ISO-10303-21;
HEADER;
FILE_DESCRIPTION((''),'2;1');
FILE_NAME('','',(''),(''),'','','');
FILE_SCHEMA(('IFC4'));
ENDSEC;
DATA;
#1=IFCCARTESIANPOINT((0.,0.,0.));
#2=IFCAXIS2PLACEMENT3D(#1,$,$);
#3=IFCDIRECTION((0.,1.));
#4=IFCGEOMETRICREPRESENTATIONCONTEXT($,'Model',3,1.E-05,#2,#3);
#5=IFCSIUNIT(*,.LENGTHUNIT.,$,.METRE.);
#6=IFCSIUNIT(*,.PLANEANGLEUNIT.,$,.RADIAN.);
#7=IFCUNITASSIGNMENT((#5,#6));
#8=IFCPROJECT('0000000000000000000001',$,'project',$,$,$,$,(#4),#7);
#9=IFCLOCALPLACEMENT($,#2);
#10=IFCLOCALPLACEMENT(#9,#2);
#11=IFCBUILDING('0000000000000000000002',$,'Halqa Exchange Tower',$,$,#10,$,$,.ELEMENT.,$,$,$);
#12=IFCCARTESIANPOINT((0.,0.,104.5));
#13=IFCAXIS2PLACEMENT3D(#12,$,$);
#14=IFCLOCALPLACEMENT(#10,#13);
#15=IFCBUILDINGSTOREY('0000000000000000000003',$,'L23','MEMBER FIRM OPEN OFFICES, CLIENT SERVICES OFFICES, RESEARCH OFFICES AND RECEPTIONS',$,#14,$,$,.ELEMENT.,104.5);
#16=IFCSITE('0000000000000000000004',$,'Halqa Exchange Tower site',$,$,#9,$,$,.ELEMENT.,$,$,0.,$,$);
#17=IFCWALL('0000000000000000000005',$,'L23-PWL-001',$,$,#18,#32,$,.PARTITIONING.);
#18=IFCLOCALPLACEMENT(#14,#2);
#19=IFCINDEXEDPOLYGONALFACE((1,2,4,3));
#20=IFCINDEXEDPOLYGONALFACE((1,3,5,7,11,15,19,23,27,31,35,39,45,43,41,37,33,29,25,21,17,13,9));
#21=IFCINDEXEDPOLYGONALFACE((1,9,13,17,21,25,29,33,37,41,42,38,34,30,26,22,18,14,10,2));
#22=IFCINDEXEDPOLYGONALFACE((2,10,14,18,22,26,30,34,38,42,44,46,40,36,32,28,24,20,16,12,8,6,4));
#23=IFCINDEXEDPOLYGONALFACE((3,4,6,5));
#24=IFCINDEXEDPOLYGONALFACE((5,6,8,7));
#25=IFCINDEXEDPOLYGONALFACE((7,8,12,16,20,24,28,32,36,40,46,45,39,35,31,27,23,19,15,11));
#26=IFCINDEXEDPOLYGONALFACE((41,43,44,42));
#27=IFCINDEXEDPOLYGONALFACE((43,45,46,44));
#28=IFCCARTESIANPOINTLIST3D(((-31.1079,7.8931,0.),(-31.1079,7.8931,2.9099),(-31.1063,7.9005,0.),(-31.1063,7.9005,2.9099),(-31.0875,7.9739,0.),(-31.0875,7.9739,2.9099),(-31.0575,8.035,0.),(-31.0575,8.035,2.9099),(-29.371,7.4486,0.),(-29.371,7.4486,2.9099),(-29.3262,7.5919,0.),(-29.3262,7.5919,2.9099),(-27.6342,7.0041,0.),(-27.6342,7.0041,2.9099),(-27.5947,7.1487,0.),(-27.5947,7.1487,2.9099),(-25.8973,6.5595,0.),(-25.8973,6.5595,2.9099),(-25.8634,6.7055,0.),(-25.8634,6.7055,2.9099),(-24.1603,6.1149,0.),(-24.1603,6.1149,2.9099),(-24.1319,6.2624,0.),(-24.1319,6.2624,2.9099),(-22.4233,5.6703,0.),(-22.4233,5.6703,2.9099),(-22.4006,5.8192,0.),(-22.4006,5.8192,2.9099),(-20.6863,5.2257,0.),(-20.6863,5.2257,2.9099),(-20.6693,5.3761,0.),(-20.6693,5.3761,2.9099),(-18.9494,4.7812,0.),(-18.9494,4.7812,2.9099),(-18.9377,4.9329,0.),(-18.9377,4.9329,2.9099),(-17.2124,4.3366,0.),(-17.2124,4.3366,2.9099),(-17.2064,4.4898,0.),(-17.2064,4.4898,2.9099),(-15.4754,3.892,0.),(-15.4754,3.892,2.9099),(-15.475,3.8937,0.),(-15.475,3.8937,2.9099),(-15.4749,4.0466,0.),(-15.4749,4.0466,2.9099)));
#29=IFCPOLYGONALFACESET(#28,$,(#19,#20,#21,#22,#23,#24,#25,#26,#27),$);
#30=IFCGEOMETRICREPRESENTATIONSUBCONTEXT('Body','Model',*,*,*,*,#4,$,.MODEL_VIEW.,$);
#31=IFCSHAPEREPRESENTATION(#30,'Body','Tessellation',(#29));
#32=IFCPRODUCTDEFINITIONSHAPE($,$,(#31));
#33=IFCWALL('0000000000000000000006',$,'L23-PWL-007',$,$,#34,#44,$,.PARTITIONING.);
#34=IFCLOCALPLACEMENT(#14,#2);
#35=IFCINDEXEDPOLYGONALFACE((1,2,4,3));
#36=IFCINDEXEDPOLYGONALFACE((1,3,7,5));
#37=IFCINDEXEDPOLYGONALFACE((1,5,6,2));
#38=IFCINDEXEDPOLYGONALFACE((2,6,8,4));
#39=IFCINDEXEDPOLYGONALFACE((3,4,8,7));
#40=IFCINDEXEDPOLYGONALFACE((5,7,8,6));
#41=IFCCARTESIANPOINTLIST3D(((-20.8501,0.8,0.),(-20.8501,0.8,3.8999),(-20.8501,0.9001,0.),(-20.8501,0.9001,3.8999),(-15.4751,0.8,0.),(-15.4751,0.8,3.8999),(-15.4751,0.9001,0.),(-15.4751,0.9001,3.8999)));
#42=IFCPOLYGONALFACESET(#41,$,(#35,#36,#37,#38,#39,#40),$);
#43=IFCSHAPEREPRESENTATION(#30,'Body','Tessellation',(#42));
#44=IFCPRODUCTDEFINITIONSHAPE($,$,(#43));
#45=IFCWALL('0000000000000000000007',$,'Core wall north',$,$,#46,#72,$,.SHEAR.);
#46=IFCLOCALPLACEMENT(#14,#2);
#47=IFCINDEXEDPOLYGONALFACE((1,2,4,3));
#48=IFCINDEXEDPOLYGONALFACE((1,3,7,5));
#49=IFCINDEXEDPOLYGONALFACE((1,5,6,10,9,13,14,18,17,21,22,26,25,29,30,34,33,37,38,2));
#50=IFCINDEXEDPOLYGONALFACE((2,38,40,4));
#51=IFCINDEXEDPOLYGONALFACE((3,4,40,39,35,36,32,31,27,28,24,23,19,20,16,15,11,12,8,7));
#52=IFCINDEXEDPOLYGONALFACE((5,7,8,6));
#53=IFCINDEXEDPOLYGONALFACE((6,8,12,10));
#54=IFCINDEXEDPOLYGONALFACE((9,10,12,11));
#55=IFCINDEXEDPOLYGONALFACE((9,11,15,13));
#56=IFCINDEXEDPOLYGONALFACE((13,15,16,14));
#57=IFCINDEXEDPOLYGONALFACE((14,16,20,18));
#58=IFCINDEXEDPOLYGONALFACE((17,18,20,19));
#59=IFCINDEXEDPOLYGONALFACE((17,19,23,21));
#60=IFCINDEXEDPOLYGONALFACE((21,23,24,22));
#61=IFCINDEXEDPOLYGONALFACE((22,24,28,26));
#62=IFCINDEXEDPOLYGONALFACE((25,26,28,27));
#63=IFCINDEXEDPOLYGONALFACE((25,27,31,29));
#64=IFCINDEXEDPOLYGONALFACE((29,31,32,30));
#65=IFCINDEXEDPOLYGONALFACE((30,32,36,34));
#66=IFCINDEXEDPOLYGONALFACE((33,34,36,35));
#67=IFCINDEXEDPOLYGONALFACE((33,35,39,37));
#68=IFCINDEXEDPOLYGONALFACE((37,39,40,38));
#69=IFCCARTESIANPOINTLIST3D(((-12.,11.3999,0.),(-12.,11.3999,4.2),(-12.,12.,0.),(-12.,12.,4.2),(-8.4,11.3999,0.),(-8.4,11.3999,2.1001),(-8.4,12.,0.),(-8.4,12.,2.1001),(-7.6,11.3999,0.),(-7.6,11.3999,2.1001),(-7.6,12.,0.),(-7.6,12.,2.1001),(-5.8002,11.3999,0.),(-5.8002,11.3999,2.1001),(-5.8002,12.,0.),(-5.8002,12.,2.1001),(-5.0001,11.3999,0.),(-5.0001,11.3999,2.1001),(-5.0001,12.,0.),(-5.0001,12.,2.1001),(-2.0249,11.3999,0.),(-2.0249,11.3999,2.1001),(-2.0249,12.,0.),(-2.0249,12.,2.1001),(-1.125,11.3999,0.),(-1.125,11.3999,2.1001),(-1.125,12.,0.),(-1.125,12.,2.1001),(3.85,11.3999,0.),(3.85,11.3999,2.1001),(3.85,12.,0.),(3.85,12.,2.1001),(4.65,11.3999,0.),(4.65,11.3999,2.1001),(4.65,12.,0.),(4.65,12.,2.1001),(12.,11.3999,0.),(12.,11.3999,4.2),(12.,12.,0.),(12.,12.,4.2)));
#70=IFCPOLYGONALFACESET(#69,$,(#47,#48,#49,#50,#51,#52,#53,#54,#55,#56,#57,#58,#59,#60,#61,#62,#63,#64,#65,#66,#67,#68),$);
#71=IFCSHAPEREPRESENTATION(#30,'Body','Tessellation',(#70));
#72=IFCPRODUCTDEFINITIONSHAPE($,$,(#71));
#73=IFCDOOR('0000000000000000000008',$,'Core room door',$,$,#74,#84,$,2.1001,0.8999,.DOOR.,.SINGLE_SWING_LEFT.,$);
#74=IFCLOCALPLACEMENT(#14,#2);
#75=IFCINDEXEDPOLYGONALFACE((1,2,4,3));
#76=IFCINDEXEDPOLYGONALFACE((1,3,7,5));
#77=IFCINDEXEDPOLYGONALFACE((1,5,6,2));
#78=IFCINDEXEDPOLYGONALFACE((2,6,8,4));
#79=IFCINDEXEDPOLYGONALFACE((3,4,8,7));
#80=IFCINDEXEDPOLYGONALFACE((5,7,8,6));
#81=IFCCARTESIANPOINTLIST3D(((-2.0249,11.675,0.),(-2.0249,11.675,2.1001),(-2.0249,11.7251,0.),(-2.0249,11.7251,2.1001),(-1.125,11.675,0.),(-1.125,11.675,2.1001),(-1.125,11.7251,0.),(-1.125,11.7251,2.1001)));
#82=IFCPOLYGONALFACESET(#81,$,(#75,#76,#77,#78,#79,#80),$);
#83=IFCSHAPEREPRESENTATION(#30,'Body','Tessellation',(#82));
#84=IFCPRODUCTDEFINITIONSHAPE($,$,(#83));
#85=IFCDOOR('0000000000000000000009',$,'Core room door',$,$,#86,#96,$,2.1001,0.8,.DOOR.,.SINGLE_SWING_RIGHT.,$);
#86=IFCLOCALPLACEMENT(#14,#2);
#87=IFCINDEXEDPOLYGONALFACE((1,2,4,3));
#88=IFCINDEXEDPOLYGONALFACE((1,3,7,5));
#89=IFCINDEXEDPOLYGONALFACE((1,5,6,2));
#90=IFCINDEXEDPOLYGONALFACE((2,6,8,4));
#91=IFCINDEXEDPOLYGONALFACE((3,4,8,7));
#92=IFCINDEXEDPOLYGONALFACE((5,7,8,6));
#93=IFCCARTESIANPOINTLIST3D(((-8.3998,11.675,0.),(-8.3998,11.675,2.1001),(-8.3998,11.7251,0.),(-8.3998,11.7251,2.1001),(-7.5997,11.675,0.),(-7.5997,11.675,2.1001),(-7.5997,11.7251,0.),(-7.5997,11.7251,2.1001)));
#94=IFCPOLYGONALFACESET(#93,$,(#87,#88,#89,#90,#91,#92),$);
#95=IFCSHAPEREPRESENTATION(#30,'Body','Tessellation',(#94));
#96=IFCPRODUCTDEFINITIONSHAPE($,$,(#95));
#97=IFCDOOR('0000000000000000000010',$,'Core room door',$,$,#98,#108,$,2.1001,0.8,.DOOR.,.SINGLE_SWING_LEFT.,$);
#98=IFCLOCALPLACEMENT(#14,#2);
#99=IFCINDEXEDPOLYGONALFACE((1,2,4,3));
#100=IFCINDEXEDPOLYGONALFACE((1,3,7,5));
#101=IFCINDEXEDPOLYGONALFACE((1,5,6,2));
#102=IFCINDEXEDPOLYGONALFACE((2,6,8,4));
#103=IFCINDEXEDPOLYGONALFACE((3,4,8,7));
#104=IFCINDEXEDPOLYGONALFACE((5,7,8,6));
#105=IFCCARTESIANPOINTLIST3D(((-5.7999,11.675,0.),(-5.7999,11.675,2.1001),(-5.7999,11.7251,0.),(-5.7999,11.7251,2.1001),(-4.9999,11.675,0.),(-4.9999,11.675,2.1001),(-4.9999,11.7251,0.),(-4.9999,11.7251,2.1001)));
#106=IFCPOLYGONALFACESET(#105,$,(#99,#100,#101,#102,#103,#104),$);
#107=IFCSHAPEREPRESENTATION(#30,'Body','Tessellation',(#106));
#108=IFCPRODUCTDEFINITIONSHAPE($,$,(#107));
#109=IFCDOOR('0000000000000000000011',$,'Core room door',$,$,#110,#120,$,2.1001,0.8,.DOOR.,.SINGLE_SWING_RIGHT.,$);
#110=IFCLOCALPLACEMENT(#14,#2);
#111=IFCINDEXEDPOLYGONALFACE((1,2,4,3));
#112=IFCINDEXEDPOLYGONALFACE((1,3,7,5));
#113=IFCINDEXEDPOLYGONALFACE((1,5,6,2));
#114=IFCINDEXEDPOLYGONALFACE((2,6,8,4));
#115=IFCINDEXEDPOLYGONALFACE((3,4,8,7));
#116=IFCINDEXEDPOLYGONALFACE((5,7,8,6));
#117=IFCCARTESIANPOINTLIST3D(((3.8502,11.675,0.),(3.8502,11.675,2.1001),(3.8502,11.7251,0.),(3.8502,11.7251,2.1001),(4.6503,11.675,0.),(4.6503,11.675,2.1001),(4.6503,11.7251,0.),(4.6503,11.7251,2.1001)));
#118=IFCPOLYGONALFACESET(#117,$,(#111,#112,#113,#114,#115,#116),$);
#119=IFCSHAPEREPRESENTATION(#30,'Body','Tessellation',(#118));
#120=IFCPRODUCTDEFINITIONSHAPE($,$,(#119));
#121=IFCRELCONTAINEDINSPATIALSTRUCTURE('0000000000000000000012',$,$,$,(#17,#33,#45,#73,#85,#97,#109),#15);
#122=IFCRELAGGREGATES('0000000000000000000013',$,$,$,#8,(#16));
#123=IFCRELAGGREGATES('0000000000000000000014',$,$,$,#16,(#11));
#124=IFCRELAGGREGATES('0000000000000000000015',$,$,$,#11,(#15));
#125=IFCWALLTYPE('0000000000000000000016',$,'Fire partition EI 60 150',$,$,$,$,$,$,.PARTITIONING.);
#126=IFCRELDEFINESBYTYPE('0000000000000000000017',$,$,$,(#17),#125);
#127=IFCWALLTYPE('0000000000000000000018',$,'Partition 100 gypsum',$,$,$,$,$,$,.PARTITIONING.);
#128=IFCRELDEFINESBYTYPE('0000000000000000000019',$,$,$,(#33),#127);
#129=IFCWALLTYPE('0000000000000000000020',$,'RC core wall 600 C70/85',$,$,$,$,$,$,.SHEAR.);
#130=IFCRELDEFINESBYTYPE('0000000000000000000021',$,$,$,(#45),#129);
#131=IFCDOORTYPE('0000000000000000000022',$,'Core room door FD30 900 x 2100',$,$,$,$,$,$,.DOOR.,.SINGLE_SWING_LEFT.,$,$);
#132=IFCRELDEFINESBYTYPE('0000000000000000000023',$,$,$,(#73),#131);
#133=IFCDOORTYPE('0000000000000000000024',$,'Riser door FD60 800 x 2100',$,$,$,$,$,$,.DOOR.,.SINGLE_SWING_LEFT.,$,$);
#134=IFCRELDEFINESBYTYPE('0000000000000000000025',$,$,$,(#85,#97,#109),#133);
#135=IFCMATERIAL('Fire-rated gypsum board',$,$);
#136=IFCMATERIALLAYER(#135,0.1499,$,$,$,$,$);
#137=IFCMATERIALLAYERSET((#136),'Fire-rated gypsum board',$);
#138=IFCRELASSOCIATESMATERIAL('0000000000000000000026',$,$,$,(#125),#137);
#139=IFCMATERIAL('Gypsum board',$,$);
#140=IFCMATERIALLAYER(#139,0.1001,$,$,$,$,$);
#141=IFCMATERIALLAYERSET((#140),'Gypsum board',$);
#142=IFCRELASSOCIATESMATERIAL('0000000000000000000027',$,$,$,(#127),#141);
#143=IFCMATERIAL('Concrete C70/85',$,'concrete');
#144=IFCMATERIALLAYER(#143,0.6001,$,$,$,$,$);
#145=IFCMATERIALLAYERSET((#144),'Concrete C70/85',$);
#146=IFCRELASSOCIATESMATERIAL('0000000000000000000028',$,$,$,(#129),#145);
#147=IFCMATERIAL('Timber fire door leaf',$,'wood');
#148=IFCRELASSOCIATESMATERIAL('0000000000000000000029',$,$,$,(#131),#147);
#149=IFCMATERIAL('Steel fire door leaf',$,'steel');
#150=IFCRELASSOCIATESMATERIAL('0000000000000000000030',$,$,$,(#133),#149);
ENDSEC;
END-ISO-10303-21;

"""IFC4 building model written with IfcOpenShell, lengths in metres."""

from ifc_helpers import new_model, si_unit, direction, frame, frame_2d, origin, place, context, subcontext, project, spatial, polyline, rectangle, outline, extrude, material, layer, layer_set, type_object, element, fill, save


model = new_model("IFC4")

# Units and contexts
model_context = context("Model", 3, precision=1e-05, world=origin(), true_north=direction((0.0, 1.0)))
body_context = subcontext(model_context, "Body", "Model", "MODEL_VIEW")
ifc_project = project(units=[si_unit("LENGTHUNIT", "METRE"), si_unit("PLANEANGLEUNIT", "RADIAN")], contexts=[model_context])

# Site, building, storey
site_placement = place(None, origin())
site = spatial("IfcSite", under=ifc_project, at=site_placement, Name="Halqa Exchange Tower site", CompositionType="ELEMENT", RefElevation=0.0)
building_placement = place(site_placement, origin())
building = spatial("IfcBuilding", under=site, at=building_placement, Name="Halqa Exchange Tower", CompositionType="ELEMENT")
storey_placement = place(building_placement, frame((0.0, 0.0, 104.5)))
storey = spatial("IfcBuildingStorey", under=building, at=storey_placement, Name="L23", Description="MEMBER FIRM OPEN OFFICES, CLIENT SERVICES OFFICES, RESEARCH OFFICES AND RECEPTIONS", CompositionType="ELEMENT", Elevation=104.5)

# Shared definitions
ifc_material_1 = material(Name="Concrete C70/85", Category="concrete")

# Wall
ifc_material_2 = material(Name="Fire-rated gypsum board")
ifc_layer_1 = layer(ifc_material_2, 0.1499)
ifc_layer_set_1 = layer_set([ifc_layer_1], Name="Fire-rated gypsum board")
wall_type_1 = type_object("IfcWallType", Name="Fire partition EI 60 150", PredefinedType="PARTITIONING", material=ifc_layer_set_1)
wall_1_placement = place(storey_placement, frame((-31.0896, 7.9658, 0.0), z_axis=(0.0, 0.0, 1.0), x_axis=(0.968771, -0.247957, 0.0)))
element("IfcWall", 1, at=wall_1_placement, inside=storey, type_object=wall_type_1, Name="L23-PWL-001", PredefinedType="PARTITIONING", context=body_context, shape_type="SweptSolid", body=[
    extrude(outline(polyline([(16.1367, -0.075), (16.1367, -0.0732), (16.0989, 0.075), (14.3115, 0.075), (12.5244, 0.075), (10.7371, 0.075), (8.95, 0.075), (7.1628, 0.075), (5.3755, 0.075), (3.5884, 0.075), (1.801, 0.075), (0.0139, 0.075), (0.0, 0.0083), (0.0, -0.0674), (0.0002, -0.075), (1.7932, -0.075), (3.5859, -0.075), (5.3789, -0.075), (7.1719, -0.075), (8.9648, -0.075), (10.7578, -0.075), (12.5508, -0.075), (14.3438, -0.075), (16.1367, -0.075)])), origin(), (0.0, 0.0, 1.0), 2.9099),
])

# Shared definitions
ifc_material_3 = material(Name="Gypsum board")
ifc_layer_2 = layer(ifc_material_3, 0.1001)
ifc_layer_set_2 = layer_set([ifc_layer_2], Name="Gypsum board")
wall_type_2 = type_object("IfcWallType", Name="Partition 100 gypsum", PredefinedType="PARTITIONING", material=ifc_layer_set_2)

# Wall
wall_2_placement = place(storey_placement, frame((-20.8501, 0.8501, 0.0), z_axis=(0.0, 0.0, 1.0), x_axis=(1.0, 0.0, 0.0)))
element("IfcWall", 2, at=wall_2_placement, inside=storey, type_object=wall_type_2, Name="L23-PWL-007", PredefinedType="PARTITIONING", context=body_context, shape_type="SweptSolid", body=[
    extrude(rectangle(XDim=5.375, YDim=0.1001, at=frame_2d((2.6875, 0.0))), origin(), (0.0, 0.0, 1.0), 3.8999),
])

# Wall, openings, doors
ifc_layer_3 = layer(ifc_material_1, 0.6001)
ifc_layer_set_3 = layer_set([ifc_layer_3], Name="Concrete C70/85")
wall_type_3 = type_object("IfcWallType", Name="RC core wall 600 C70/85", PredefinedType="SHEAR", material=ifc_layer_set_3)
wall_3_placement = place(storey_placement, frame((-12.0, 11.7, 0.0), z_axis=(0.0, 0.0, 1.0), x_axis=(1.0, 0.0, 0.0)))
wall_3 = element("IfcWall", 3, at=wall_3_placement, inside=storey, type_object=wall_type_3, Name="Core wall north", PredefinedType="SHEAR", context=body_context, shape_type="SweptSolid", body=[
    extrude(rectangle(XDim=24.0, YDim=0.6001, at=frame_2d((12.0, 0.0))), origin(), (0.0, 0.0, 1.0), 4.2),
])
opening_1_placement = place(wall_3_placement, frame((9.9751, 0.0, 0.0)))
opening_1 = element("IfcOpeningElement", 4, at=opening_1_placement, cuts=wall_3, PredefinedType="OPENING", context=body_context, shape_type="SweptSolid", body=[
    extrude(rectangle(XDim=0.8999, YDim=2.1001, at=frame_2d((0.45, 1.05))), frame((0.0, 0.312, 0.0), z_axis=(0.0, -1.0, 0.0), x_axis=(1.0, 0.0, 0.0)), (0.0, 0.0, 1.0), 0.624),
])
opening_2_placement = place(wall_3_placement, frame((3.6001, 0.0, 0.0)))
opening_2 = element("IfcOpeningElement", 5, at=opening_2_placement, cuts=wall_3, PredefinedType="OPENING", context=body_context, shape_type="SweptSolid", body=[
    extrude(rectangle(XDim=0.8, YDim=2.1001, at=frame_2d((0.3999, 1.05))), frame((0.0, 0.312, 0.0), z_axis=(0.0, -1.0, 0.0), x_axis=(1.0, 0.0, 0.0)), (0.0, 0.0, 1.0), 0.624),
])
opening_3_placement = place(wall_3_placement, frame((6.2, 0.0, 0.0)))
opening_3 = element("IfcOpeningElement", 6, at=opening_3_placement, cuts=wall_3, PredefinedType="OPENING", context=body_context, shape_type="SweptSolid", body=[
    extrude(rectangle(XDim=0.8, YDim=2.1001, at=frame_2d((0.3999, 1.05))), frame((0.0, 0.312, 0.0), z_axis=(0.0, -1.0, 0.0), x_axis=(1.0, 0.0, 0.0)), (0.0, 0.0, 1.0), 0.624),
])
opening_4_placement = place(wall_3_placement, frame((15.8501, 0.0, 0.0)))
opening_4 = element("IfcOpeningElement", 7, at=opening_4_placement, cuts=wall_3, PredefinedType="OPENING", context=body_context, shape_type="SweptSolid", body=[
    extrude(rectangle(XDim=0.8, YDim=2.1001, at=frame_2d((0.3999, 1.05))), frame((0.0, 0.312, 0.0), z_axis=(0.0, -1.0, 0.0), x_axis=(1.0, 0.0, 0.0)), (0.0, 0.0, 1.0), 0.624),
])
ifc_material_4 = material(Name="Timber fire door leaf", Category="wood")
door_type_1 = type_object("IfcDoorType", Name="Core room door FD30 900 x 2100", OperationType="SINGLE_SWING_LEFT", PredefinedType="DOOR", material=ifc_material_4)
door_1_placement = place(opening_1_placement, frame((0.8999, 0.0, 0.0), z_axis=(0.0, 0.0, 1.0), x_axis=(-1.0, 0.0, 0.0)))
door_1 = element("IfcDoor", 8, at=door_1_placement, inside=storey, type_object=door_type_1, Name="Core room door", OperationType="SINGLE_SWING_LEFT", OverallHeight=2.1001, OverallWidth=0.8999, PredefinedType="DOOR", context=body_context, shape_type="SweptSolid", body=[
    extrude(rectangle(XDim=0.8999, YDim=2.1001, at=frame_2d((0.45, 1.05))), frame((0.0, 0.0249, 0.0), z_axis=(0.0, -1.0, 0.0), x_axis=(1.0, 0.0, 0.0)), (0.0, 0.0, 1.0), 0.05),
])
fill(opening_1, door_1)
ifc_material_5 = material(Name="Steel fire door leaf", Category="steel")
door_type_2 = type_object("IfcDoorType", Name="Riser door FD60 800 x 2100", OperationType="SINGLE_SWING_LEFT", PredefinedType="DOOR", material=ifc_material_5)
door_2_placement = place(opening_2_placement, frame((0.8, 0.0, 0.0), z_axis=(0.0, 0.0, 1.0), x_axis=(-1.0, 0.0, 0.0)))
door_2 = element("IfcDoor", 9, at=door_2_placement, inside=storey, type_object=door_type_2, Name="Core room door", OperationType="SINGLE_SWING_RIGHT", OverallHeight=2.1001, OverallWidth=0.8, PredefinedType="DOOR", context=body_context, shape_type="SweptSolid", body=[
    extrude(rectangle(XDim=0.8, YDim=2.1001, at=frame_2d((0.3999, 1.05))), frame((0.0, 0.0249, 0.0), z_axis=(0.0, -1.0, 0.0), x_axis=(1.0, 0.0, 0.0)), (0.0, 0.0, 1.0), 0.05),
])
fill(opening_2, door_2)
door_3_placement = place(opening_3_placement, frame((0.8, 0.0, 0.0), z_axis=(0.0, 0.0, 1.0), x_axis=(-1.0, 0.0, 0.0)))
door_3 = element("IfcDoor", 10, at=door_3_placement, inside=storey, type_object=door_type_2, Name="Core room door", OperationType="SINGLE_SWING_LEFT", OverallHeight=2.1001, OverallWidth=0.8, PredefinedType="DOOR", context=body_context, shape_type="SweptSolid", body=[
    extrude(rectangle(XDim=0.8, YDim=2.1001, at=frame_2d((0.3999, 1.05))), frame((0.0, 0.0249, 0.0), z_axis=(0.0, -1.0, 0.0), x_axis=(1.0, 0.0, 0.0)), (0.0, 0.0, 1.0), 0.05),
])
fill(opening_3, door_3)
door_4_placement = place(opening_4_placement, frame((0.8, 0.0, 0.0), z_axis=(0.0, 0.0, 1.0), x_axis=(-1.0, 0.0, 0.0)))
door_4 = element("IfcDoor", 11, at=door_4_placement, inside=storey, type_object=door_type_2, Name="Core room door", OperationType="SINGLE_SWING_RIGHT", OverallHeight=2.1001, OverallWidth=0.8, PredefinedType="DOOR", context=body_context, shape_type="SweptSolid", body=[
    extrude(rectangle(XDim=0.8, YDim=2.1001, at=frame_2d((0.3999, 1.05))), frame((0.0, 0.0249, 0.0), z_axis=(0.0, -1.0, 0.0), x_axis=(1.0, 0.0, 0.0)), (0.0, 0.0, 1.0), 0.05),
])
fill(opening_4, door_4)

save(model, "model.ifc")
